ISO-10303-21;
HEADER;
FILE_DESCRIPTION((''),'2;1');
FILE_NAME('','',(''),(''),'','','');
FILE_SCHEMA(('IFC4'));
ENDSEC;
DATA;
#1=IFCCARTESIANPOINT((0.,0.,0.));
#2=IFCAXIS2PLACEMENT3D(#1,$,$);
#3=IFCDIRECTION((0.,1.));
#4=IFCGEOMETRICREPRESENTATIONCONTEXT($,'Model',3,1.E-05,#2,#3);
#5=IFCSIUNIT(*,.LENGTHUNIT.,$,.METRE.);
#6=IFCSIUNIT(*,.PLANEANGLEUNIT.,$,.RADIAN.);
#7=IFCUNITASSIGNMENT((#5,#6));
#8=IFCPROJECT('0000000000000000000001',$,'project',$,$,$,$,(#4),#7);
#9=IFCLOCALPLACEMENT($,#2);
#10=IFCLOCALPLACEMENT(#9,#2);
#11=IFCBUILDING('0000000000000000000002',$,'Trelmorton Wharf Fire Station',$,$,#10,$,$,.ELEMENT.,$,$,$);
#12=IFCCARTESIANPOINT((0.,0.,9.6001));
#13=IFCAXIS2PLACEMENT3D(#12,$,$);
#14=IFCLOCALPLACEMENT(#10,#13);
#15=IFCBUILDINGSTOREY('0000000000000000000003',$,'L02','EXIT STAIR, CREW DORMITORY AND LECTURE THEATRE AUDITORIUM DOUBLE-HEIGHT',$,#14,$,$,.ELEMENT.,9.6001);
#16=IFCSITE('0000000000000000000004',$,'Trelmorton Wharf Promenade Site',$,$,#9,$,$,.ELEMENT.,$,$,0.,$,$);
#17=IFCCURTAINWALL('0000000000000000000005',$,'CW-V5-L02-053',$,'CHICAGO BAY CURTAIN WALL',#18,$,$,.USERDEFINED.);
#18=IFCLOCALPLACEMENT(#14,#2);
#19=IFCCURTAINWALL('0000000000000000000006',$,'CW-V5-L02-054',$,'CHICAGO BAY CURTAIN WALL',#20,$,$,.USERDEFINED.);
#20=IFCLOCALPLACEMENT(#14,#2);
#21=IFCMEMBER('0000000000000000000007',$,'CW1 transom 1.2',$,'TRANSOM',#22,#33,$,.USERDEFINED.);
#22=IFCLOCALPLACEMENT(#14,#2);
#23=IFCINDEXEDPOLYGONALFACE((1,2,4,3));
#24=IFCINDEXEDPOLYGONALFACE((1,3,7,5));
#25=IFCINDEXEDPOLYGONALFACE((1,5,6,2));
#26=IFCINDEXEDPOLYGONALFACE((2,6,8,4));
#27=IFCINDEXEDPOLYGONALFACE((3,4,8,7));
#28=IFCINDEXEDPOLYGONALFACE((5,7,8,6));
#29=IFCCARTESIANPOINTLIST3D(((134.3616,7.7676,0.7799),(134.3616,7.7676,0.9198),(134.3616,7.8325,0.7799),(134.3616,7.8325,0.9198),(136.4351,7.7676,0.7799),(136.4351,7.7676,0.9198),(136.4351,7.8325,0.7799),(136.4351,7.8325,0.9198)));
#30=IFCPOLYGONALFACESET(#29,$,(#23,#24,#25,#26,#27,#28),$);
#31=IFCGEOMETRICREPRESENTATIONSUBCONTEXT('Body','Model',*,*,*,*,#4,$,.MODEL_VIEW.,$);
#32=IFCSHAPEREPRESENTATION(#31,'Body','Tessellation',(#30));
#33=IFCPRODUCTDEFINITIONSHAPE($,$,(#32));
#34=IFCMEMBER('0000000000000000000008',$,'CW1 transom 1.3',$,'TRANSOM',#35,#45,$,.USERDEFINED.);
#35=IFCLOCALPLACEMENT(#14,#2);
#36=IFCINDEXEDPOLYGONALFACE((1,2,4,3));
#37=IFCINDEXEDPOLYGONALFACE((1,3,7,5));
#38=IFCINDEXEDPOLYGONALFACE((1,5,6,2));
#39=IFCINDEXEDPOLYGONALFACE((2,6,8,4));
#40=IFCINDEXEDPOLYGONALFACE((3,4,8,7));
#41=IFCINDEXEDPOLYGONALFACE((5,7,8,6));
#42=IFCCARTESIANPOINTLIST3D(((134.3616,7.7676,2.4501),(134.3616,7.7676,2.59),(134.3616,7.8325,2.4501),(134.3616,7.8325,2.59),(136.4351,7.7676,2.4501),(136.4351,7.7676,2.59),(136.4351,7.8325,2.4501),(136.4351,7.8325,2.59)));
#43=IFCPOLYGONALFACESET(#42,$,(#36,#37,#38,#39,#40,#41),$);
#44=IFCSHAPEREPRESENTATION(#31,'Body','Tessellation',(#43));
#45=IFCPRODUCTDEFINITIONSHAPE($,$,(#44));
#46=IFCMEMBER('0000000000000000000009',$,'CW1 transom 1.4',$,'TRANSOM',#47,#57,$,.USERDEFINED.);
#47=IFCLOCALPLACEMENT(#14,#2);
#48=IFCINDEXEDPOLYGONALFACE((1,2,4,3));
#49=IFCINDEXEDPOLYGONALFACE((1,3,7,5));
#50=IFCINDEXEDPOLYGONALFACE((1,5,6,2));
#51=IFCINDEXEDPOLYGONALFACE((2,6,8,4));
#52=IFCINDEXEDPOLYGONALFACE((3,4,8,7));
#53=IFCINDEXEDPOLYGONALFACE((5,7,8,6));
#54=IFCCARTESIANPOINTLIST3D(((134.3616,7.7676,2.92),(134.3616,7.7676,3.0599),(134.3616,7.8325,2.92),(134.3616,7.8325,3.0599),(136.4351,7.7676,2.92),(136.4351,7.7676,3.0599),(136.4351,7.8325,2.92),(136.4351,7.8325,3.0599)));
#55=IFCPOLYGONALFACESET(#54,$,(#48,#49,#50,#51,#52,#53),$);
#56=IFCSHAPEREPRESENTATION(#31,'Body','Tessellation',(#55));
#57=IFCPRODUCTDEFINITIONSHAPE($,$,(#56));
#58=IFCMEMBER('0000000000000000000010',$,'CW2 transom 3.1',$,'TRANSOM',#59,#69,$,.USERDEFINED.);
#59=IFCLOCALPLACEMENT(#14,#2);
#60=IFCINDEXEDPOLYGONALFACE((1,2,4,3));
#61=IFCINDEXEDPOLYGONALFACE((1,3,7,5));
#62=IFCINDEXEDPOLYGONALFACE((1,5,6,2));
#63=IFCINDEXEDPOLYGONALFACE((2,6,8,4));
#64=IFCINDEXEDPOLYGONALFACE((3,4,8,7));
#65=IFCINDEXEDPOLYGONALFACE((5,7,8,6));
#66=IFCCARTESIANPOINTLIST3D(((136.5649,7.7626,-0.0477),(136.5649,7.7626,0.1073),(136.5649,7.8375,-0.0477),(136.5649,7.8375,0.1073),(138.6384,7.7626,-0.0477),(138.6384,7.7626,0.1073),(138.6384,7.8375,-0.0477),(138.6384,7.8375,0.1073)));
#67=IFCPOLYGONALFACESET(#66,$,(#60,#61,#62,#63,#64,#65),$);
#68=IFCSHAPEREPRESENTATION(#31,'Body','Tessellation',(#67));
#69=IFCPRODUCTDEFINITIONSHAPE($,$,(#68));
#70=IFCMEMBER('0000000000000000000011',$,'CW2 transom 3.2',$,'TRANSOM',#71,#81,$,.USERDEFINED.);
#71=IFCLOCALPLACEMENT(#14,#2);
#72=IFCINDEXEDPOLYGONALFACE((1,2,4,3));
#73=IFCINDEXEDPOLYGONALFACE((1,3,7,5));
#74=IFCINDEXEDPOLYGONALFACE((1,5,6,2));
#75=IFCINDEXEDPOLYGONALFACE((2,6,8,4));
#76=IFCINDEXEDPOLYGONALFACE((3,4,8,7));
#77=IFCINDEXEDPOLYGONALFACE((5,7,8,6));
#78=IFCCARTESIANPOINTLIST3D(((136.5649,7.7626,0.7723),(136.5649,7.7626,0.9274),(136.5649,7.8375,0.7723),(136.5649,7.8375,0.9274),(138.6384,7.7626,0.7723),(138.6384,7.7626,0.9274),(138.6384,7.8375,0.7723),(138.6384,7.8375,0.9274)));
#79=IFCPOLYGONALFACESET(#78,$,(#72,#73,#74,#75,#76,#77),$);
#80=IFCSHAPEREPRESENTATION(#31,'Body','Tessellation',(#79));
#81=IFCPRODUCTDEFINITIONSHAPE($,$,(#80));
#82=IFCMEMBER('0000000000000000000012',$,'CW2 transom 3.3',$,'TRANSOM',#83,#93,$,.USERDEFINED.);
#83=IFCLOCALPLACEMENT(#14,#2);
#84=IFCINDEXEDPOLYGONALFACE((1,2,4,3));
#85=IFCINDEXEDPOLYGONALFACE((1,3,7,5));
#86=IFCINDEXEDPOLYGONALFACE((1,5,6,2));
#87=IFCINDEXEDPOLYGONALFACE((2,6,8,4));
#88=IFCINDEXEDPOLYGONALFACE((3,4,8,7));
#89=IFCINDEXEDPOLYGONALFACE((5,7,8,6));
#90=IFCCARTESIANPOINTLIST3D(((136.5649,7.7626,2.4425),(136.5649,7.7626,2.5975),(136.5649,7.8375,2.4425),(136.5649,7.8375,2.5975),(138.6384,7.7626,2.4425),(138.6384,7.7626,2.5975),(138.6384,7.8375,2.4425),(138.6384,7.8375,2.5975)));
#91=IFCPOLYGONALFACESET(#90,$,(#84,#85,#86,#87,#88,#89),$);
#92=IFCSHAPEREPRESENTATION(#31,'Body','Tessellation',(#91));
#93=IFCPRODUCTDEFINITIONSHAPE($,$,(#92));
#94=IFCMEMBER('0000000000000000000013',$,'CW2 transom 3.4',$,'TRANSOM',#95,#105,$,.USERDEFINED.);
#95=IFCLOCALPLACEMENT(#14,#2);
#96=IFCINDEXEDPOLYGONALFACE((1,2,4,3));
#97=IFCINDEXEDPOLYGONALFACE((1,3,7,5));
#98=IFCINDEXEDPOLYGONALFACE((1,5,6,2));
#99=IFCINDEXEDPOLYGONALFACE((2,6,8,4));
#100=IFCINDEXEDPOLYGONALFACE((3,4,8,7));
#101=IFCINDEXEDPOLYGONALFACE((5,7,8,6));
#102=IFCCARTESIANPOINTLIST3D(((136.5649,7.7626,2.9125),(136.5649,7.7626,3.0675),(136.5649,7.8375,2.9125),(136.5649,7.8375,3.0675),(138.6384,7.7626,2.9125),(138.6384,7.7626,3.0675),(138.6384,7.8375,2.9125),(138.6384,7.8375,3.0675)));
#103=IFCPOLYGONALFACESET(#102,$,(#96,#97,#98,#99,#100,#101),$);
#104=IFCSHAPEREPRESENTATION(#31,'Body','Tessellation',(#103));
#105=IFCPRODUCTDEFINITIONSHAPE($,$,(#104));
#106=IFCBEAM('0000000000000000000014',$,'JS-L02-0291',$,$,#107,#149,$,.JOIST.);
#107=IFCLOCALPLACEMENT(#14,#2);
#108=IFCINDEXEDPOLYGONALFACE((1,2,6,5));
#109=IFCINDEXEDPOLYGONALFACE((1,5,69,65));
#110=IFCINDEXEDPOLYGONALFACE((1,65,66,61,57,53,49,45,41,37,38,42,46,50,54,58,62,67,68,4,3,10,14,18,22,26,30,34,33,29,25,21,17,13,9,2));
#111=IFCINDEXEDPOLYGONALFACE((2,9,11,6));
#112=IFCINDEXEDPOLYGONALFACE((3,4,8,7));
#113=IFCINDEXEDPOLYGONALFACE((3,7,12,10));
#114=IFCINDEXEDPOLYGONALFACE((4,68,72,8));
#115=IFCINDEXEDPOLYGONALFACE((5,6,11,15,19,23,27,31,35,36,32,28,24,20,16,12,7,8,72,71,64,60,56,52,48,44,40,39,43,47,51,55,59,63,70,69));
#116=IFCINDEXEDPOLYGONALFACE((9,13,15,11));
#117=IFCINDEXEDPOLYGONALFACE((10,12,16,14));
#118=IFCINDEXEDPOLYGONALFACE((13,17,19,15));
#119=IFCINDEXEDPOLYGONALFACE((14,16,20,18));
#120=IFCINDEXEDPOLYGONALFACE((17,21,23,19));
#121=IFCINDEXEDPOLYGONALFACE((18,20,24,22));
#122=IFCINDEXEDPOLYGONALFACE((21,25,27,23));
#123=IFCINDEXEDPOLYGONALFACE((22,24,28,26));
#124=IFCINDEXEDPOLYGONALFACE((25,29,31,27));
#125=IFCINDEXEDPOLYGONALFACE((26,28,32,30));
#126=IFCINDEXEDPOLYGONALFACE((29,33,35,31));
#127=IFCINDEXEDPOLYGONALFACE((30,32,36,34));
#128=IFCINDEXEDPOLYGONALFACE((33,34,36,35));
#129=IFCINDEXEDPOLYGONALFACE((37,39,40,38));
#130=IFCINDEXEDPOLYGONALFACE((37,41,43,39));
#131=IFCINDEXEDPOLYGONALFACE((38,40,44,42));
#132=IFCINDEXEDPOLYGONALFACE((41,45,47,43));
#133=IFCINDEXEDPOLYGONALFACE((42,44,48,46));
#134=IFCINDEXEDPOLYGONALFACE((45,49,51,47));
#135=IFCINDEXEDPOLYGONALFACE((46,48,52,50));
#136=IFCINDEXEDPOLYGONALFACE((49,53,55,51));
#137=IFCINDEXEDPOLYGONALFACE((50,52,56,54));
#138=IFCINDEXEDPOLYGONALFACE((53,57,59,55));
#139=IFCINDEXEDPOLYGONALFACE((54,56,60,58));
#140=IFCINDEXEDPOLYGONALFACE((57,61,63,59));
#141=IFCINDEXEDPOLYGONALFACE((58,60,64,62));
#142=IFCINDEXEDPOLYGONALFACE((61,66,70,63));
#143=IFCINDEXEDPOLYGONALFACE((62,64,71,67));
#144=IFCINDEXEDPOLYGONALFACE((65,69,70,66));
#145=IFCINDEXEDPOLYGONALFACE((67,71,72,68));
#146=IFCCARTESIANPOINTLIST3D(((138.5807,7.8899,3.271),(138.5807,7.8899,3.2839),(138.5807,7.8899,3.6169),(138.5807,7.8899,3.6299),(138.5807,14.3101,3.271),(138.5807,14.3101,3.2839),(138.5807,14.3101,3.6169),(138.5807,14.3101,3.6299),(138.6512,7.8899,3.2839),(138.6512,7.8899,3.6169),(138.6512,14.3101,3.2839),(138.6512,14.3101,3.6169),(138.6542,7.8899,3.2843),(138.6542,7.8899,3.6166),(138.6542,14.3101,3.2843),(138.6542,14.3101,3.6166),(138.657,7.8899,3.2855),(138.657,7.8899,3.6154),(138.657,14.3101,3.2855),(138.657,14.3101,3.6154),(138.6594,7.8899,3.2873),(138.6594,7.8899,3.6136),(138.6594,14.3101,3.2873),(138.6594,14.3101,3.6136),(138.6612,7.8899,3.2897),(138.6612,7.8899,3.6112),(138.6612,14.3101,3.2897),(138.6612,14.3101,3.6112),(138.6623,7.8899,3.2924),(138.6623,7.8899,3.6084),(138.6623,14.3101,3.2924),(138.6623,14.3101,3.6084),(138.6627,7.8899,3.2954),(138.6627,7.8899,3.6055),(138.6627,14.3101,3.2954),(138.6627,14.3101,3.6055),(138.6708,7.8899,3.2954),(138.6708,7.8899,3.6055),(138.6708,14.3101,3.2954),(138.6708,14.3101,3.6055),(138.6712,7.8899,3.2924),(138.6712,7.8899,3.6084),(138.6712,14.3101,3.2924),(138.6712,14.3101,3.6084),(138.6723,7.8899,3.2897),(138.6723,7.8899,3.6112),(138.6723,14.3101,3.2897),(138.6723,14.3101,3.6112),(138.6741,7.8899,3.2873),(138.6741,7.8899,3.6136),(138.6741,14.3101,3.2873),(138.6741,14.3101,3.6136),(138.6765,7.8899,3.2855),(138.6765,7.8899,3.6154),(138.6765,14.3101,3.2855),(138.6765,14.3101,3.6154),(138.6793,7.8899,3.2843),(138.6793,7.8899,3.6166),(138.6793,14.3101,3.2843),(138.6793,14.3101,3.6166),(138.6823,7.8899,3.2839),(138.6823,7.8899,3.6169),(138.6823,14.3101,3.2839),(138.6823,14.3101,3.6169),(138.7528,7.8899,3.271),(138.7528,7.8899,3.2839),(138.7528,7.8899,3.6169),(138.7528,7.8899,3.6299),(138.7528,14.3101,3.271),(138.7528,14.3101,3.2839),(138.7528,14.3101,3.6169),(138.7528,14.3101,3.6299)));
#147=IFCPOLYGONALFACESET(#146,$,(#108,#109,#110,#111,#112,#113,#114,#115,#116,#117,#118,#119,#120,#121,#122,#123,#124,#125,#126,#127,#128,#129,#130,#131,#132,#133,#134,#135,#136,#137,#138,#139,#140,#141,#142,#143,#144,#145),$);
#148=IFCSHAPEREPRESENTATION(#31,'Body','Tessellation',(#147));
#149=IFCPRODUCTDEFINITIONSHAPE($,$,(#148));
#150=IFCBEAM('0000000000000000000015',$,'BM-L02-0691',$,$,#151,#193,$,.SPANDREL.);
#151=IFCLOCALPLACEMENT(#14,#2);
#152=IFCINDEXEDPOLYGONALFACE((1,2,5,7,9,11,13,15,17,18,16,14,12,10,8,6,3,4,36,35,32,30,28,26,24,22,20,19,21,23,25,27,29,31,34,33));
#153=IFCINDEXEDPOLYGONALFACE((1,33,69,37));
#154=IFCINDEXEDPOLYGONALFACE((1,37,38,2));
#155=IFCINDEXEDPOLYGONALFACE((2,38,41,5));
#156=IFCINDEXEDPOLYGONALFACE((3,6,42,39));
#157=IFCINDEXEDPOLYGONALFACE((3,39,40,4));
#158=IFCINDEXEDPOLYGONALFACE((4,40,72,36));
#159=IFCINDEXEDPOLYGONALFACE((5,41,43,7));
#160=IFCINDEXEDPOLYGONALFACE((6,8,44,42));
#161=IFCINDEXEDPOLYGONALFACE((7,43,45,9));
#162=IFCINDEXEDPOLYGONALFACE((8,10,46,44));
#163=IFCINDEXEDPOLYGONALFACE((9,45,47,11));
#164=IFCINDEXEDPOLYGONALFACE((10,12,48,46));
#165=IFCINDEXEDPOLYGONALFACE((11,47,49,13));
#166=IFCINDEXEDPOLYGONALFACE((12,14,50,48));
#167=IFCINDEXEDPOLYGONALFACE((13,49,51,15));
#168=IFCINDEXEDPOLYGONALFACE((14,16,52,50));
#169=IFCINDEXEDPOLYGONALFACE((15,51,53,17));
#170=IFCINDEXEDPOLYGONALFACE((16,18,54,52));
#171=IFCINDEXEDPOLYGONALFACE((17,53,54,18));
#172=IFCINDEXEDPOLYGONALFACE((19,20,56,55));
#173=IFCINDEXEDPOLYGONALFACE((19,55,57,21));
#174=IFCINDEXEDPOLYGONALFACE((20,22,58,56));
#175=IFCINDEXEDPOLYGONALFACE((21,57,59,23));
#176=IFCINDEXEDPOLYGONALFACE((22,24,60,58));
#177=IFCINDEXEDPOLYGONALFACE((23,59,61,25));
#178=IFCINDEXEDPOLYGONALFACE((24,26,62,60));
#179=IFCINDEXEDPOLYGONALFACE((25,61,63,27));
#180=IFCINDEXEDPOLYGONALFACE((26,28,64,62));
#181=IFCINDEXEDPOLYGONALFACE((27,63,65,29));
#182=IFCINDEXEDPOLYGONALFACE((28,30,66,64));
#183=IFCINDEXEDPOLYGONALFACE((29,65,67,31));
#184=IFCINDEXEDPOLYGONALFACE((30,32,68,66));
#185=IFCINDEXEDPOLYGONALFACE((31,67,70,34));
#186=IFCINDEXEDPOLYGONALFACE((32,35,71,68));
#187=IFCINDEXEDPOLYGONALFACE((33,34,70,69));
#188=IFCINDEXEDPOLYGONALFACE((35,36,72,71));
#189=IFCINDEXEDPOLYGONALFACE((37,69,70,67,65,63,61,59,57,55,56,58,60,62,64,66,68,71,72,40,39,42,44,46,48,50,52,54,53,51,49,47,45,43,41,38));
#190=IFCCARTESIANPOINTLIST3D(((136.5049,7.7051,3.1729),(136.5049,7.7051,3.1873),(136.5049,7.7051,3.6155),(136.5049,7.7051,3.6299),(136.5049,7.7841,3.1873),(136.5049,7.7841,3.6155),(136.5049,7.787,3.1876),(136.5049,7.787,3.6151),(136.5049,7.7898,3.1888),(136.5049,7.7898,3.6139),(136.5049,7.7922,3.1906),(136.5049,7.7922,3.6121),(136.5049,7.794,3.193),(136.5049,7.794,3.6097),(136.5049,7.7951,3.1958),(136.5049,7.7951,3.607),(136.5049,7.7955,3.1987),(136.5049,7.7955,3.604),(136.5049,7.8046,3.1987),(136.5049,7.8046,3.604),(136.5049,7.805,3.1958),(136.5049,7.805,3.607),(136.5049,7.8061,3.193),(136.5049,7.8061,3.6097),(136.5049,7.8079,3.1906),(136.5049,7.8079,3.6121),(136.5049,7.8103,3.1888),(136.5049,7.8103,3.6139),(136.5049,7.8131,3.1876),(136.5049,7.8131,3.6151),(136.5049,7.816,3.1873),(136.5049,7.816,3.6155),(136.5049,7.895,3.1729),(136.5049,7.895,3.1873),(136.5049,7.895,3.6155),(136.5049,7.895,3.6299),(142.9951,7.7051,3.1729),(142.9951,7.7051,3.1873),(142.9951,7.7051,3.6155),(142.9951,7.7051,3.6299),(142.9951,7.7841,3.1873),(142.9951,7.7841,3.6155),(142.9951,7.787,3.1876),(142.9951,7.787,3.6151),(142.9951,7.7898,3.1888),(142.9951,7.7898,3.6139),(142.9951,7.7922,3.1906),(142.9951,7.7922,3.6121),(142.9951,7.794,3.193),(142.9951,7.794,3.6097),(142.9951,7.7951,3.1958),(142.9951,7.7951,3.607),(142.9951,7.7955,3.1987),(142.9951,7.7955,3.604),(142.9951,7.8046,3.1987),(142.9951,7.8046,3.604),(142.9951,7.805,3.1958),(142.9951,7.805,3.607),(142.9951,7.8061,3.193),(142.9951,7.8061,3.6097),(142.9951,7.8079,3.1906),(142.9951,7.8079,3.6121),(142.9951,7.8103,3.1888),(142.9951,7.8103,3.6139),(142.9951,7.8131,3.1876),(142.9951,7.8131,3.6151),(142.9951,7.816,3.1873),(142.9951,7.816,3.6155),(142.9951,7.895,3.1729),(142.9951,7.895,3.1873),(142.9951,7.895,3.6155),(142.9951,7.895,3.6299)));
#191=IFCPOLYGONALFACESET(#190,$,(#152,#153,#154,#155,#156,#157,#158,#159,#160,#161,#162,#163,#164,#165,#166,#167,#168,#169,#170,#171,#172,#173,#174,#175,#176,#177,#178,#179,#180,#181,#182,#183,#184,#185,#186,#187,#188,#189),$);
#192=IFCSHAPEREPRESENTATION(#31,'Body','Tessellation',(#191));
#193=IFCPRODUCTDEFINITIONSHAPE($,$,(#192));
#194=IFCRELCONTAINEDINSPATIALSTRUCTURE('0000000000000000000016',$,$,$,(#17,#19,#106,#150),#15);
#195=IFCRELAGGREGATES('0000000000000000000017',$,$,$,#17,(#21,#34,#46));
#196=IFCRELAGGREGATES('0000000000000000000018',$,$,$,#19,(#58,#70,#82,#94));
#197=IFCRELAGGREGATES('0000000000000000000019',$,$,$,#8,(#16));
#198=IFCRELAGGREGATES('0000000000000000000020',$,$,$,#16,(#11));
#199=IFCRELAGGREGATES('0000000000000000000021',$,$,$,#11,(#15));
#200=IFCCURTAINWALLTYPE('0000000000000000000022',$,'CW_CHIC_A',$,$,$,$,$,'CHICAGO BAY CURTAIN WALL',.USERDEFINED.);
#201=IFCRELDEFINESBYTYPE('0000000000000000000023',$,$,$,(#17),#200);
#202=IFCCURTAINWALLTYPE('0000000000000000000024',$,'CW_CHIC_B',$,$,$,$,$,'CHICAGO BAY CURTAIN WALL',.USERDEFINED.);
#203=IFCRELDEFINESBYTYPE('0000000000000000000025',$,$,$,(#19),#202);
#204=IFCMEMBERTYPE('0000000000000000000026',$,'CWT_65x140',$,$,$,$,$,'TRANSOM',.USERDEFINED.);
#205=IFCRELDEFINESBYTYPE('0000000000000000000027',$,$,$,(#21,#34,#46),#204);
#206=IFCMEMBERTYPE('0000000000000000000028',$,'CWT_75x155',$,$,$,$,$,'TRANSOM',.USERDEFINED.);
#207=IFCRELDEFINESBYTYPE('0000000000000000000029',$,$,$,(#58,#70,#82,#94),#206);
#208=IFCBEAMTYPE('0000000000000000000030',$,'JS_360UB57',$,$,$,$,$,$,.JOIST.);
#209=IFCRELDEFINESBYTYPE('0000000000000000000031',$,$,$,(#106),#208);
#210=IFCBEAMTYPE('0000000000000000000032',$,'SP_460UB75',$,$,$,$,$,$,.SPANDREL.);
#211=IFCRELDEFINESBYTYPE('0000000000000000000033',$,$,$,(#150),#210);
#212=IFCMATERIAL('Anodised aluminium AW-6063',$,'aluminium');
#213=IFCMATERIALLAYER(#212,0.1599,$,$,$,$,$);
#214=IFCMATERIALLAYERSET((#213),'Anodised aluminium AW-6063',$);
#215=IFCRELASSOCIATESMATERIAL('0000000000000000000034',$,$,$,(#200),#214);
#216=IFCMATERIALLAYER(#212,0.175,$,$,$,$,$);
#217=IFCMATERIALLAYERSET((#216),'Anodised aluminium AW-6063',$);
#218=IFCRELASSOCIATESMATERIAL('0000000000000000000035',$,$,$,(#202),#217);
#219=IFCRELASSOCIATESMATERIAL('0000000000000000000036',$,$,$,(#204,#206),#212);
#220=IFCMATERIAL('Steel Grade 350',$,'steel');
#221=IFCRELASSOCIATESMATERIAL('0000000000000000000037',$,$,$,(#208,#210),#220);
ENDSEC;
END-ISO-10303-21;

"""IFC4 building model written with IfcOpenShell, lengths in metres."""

from ifc_helpers import new_model, si_unit, direction, frame, origin, origin_2d, place, context, subcontext, project, spatial, rectangle, i_section, extrude, material, layer, layer_set, material_profile, profile_set, type_object, element, aggregate, save


model = new_model("IFC4")

# Units and contexts
model_context = context("Model", 3, precision=1e-05, world=origin(), true_north=direction((0.0, 1.0)))
body_context = subcontext(model_context, "Body", "Model", "MODEL_VIEW")
ifc_project = project(units=[si_unit("LENGTHUNIT", "METRE"), si_unit("PLANEANGLEUNIT", "RADIAN")], contexts=[model_context])

# Site, building, storey
site_placement = place(None, origin())
site = spatial("IfcSite", under=ifc_project, at=site_placement, Name="Trelmorton Wharf Promenade Site", CompositionType="ELEMENT", RefElevation=0.0)
building_placement = place(site_placement, origin())
building = spatial("IfcBuilding", under=site, at=building_placement, Name="Trelmorton Wharf Fire Station", CompositionType="ELEMENT")
storey_placement = place(building_placement, frame((0.0, 0.0, 9.6001)))
storey = spatial("IfcBuildingStorey", under=building, at=storey_placement, Name="L02", Description="EXIT STAIR, CREW DORMITORY AND LECTURE THEATRE AUDITORIUM DOUBLE-HEIGHT", CompositionType="ELEMENT", Elevation=9.6001)

# Shared definitions
ifc_material_1 = material(Name="Steel Grade 350", Category="steel")

# Curtain wall
ifc_material_2 = material(Name="Anodised aluminium AW-6063", Category="aluminium")
ifc_layer_1 = layer(ifc_material_2, 0.1599)
ifc_layer_set_1 = layer_set([ifc_layer_1], Name="Anodised aluminium AW-6063")
curtain_wall_type_1 = type_object("IfcCurtainWallType", Name="CW_CHIC_A", ElementType="CHICAGO BAY CURTAIN WALL", PredefinedType="USERDEFINED", material=ifc_layer_set_1)
curtain_wall_1_placement = place(storey_placement, origin())
curtain_wall_1 = element("IfcCurtainWall", 1, at=curtain_wall_1_placement, inside=storey, type_object=curtain_wall_type_1, Name="CW-V5-L02-053", ObjectType="CHICAGO BAY CURTAIN WALL", PredefinedType="USERDEFINED")

# Curtain wall
ifc_layer_2 = layer(ifc_material_2, 0.175)
ifc_layer_set_2 = layer_set([ifc_layer_2], Name="Anodised aluminium AW-6063")
curtain_wall_type_2 = type_object("IfcCurtainWallType", Name="CW_CHIC_B", ElementType="CHICAGO BAY CURTAIN WALL", PredefinedType="USERDEFINED", material=ifc_layer_set_2)
curtain_wall_2_placement = place(storey_placement, origin())
curtain_wall_2 = element("IfcCurtainWall", 2, at=curtain_wall_2_placement, inside=storey, type_object=curtain_wall_type_2, Name="CW-V5-L02-054", ObjectType="CHICAGO BAY CURTAIN WALL", PredefinedType="USERDEFINED")

# Members
ifc_material_profile_1 = material_profile(ifc_material_2, rectangle(XDim=0.0649, YDim=0.1399, at=origin_2d()), Name="ALU-65x140")
ifc_profile_set_1 = profile_set([ifc_material_profile_1], Name="Anodised aluminium AW-6063")
member_type_1 = type_object("IfcMemberType", Name="CWT_65x140", ElementType="TRANSOM", PredefinedType="USERDEFINED", material=ifc_profile_set_1)
member_1_placement = place(storey_placement, frame((136.4351, 7.8, 0.8499), z_axis=(-1.0, 0.0, 0.0), x_axis=(0.0, -1.0, 0.0)))
member_1 = element("IfcMember", 3, at=member_1_placement, type_object=member_type_1, Name="CW1 transom 1.2", ObjectType="TRANSOM", PredefinedType="USERDEFINED", context=body_context, shape_type="SweptSolid", body=[
    extrude(rectangle(XDim=0.0649, YDim=0.1399, at=origin_2d()), origin(), (0.0, 0.0, 1.0), 2.0735),
])
member_2_placement = place(storey_placement, frame((136.4351, 7.8, 2.52), z_axis=(-1.0, 0.0, 0.0), x_axis=(0.0, -1.0, 0.0)))
member_2 = element("IfcMember", 4, at=member_2_placement, type_object=member_type_1, Name="CW1 transom 1.3", ObjectType="TRANSOM", PredefinedType="USERDEFINED", context=body_context, shape_type="SweptSolid", body=[
    extrude(rectangle(XDim=0.0649, YDim=0.1399, at=origin_2d()), origin(), (0.0, 0.0, 1.0), 2.0735),
])
member_3_placement = place(storey_placement, frame((136.4351, 7.8, 2.99), z_axis=(-1.0, 0.0, 0.0), x_axis=(0.0, -1.0, 0.0)))
member_3 = element("IfcMember", 5, at=member_3_placement, type_object=member_type_1, Name="CW1 transom 1.4", ObjectType="TRANSOM", PredefinedType="USERDEFINED", context=body_context, shape_type="SweptSolid", body=[
    extrude(rectangle(XDim=0.0649, YDim=0.1399, at=origin_2d()), origin(), (0.0, 0.0, 1.0), 2.0735),
])
aggregate(curtain_wall_1, [member_1, member_2, member_3])
ifc_material_profile_2 = material_profile(ifc_material_2, rectangle(XDim=0.075, YDim=0.155, at=origin_2d()), Name="ALU-75x155")
ifc_profile_set_2 = profile_set([ifc_material_profile_2], Name="Anodised aluminium AW-6063")
member_type_2 = type_object("IfcMemberType", Name="CWT_75x155", ElementType="TRANSOM", PredefinedType="USERDEFINED", material=ifc_profile_set_2)
member_4_placement = place(storey_placement, frame((138.6384, 7.8, 0.0298), z_axis=(-1.0, 0.0, 0.0), x_axis=(0.0, -1.0, 0.0)))
member_4 = element("IfcMember", 6, at=member_4_placement, type_object=member_type_2, Name="CW2 transom 3.1", ObjectType="TRANSOM", PredefinedType="USERDEFINED", context=body_context, shape_type="SweptSolid", body=[
    extrude(rectangle(XDim=0.075, YDim=0.155, at=origin_2d()), origin(), (0.0, 0.0, 1.0), 2.0735),
])
member_5_placement = place(storey_placement, frame((138.6384, 7.8, 0.8499), z_axis=(-1.0, 0.0, 0.0), x_axis=(0.0, -1.0, 0.0)))
member_5 = element("IfcMember", 7, at=member_5_placement, type_object=member_type_2, Name="CW2 transom 3.2", ObjectType="TRANSOM", PredefinedType="USERDEFINED", context=body_context, shape_type="SweptSolid", body=[
    extrude(rectangle(XDim=0.075, YDim=0.155, at=origin_2d()), origin(), (0.0, 0.0, 1.0), 2.0735),
])
member_6_placement = place(storey_placement, frame((138.6384, 7.8, 2.52), z_axis=(-1.0, 0.0, 0.0), x_axis=(0.0, -1.0, 0.0)))
member_6 = element("IfcMember", 8, at=member_6_placement, type_object=member_type_2, Name="CW2 transom 3.3", ObjectType="TRANSOM", PredefinedType="USERDEFINED", context=body_context, shape_type="SweptSolid", body=[
    extrude(rectangle(XDim=0.075, YDim=0.155, at=origin_2d()), origin(), (0.0, 0.0, 1.0), 2.0735),
])
member_7_placement = place(storey_placement, frame((138.6384, 7.8, 2.99), z_axis=(-1.0, 0.0, 0.0), x_axis=(0.0, -1.0, 0.0)))
member_7 = element("IfcMember", 9, at=member_7_placement, type_object=member_type_2, Name="CW2 transom 3.4", ObjectType="TRANSOM", PredefinedType="USERDEFINED", context=body_context, shape_type="SweptSolid", body=[
    extrude(rectangle(XDim=0.075, YDim=0.155, at=origin_2d()), origin(), (0.0, 0.0, 1.0), 2.0735),
])

# Beams
ifc_material_profile_3 = material_profile(ifc_material_1, i_section(OverallWidth=0.1721, OverallDepth=0.3589, WebThickness=0.0081, FlangeThickness=0.0129, FilletRadius=0.0115, at=origin_2d()), Name="360UB56.7")
ifc_profile_set_3 = profile_set([ifc_material_profile_3], Name="Steel Grade 350")
beam_type_1 = type_object("IfcBeamType", Name="JS_360UB57", PredefinedType="JOIST", material=ifc_profile_set_3)
beam_1_placement = place(storey_placement, frame((138.6667, 7.8899, 3.4504), z_axis=(0.0, 1.0, 0.0), x_axis=(-1.0, 0.0, 0.0)))
element("IfcBeam", 10, at=beam_1_placement, inside=storey, type_object=beam_type_1, Name="JS-L02-0291", PredefinedType="JOIST", context=body_context, shape_type="SweptSolid", body=[
    extrude(i_section(OverallWidth=0.1721, OverallDepth=0.3589, WebThickness=0.0081, FlangeThickness=0.0129, FilletRadius=0.0115, at=origin_2d()), origin(), (0.0, 0.0, 1.0), 6.4202),
])
ifc_material_profile_4 = material_profile(ifc_material_1, i_section(OverallWidth=0.1899, OverallDepth=0.457, WebThickness=0.009, FlangeThickness=0.0144, FilletRadius=0.0115, at=origin_2d()), Name="460UB74.6")
ifc_profile_set_4 = profile_set([ifc_material_profile_4], Name="Steel Grade 350")
beam_type_2 = type_object("IfcBeamType", Name="SP_460UB75", PredefinedType="SPANDREL", material=ifc_profile_set_4)
beam_2_placement = place(storey_placement, frame((136.5049, 7.8, 3.4014), z_axis=(1.0, 0.0, 0.0), x_axis=(0.0, 1.0, 0.0)))
element("IfcBeam", 11, at=beam_2_placement, inside=storey, type_object=beam_type_2, Name="BM-L02-0691", PredefinedType="SPANDREL", context=body_context, shape_type="SweptSolid", body=[
    extrude(i_section(OverallWidth=0.1899, OverallDepth=0.457, WebThickness=0.009, FlangeThickness=0.0144, FilletRadius=0.0115, at=origin_2d()), origin(), (0.0, 0.0, 1.0), 6.4902),
])

aggregate(curtain_wall_2, [member_4, member_5, member_6, member_7])

save(model, "model.ifc")
